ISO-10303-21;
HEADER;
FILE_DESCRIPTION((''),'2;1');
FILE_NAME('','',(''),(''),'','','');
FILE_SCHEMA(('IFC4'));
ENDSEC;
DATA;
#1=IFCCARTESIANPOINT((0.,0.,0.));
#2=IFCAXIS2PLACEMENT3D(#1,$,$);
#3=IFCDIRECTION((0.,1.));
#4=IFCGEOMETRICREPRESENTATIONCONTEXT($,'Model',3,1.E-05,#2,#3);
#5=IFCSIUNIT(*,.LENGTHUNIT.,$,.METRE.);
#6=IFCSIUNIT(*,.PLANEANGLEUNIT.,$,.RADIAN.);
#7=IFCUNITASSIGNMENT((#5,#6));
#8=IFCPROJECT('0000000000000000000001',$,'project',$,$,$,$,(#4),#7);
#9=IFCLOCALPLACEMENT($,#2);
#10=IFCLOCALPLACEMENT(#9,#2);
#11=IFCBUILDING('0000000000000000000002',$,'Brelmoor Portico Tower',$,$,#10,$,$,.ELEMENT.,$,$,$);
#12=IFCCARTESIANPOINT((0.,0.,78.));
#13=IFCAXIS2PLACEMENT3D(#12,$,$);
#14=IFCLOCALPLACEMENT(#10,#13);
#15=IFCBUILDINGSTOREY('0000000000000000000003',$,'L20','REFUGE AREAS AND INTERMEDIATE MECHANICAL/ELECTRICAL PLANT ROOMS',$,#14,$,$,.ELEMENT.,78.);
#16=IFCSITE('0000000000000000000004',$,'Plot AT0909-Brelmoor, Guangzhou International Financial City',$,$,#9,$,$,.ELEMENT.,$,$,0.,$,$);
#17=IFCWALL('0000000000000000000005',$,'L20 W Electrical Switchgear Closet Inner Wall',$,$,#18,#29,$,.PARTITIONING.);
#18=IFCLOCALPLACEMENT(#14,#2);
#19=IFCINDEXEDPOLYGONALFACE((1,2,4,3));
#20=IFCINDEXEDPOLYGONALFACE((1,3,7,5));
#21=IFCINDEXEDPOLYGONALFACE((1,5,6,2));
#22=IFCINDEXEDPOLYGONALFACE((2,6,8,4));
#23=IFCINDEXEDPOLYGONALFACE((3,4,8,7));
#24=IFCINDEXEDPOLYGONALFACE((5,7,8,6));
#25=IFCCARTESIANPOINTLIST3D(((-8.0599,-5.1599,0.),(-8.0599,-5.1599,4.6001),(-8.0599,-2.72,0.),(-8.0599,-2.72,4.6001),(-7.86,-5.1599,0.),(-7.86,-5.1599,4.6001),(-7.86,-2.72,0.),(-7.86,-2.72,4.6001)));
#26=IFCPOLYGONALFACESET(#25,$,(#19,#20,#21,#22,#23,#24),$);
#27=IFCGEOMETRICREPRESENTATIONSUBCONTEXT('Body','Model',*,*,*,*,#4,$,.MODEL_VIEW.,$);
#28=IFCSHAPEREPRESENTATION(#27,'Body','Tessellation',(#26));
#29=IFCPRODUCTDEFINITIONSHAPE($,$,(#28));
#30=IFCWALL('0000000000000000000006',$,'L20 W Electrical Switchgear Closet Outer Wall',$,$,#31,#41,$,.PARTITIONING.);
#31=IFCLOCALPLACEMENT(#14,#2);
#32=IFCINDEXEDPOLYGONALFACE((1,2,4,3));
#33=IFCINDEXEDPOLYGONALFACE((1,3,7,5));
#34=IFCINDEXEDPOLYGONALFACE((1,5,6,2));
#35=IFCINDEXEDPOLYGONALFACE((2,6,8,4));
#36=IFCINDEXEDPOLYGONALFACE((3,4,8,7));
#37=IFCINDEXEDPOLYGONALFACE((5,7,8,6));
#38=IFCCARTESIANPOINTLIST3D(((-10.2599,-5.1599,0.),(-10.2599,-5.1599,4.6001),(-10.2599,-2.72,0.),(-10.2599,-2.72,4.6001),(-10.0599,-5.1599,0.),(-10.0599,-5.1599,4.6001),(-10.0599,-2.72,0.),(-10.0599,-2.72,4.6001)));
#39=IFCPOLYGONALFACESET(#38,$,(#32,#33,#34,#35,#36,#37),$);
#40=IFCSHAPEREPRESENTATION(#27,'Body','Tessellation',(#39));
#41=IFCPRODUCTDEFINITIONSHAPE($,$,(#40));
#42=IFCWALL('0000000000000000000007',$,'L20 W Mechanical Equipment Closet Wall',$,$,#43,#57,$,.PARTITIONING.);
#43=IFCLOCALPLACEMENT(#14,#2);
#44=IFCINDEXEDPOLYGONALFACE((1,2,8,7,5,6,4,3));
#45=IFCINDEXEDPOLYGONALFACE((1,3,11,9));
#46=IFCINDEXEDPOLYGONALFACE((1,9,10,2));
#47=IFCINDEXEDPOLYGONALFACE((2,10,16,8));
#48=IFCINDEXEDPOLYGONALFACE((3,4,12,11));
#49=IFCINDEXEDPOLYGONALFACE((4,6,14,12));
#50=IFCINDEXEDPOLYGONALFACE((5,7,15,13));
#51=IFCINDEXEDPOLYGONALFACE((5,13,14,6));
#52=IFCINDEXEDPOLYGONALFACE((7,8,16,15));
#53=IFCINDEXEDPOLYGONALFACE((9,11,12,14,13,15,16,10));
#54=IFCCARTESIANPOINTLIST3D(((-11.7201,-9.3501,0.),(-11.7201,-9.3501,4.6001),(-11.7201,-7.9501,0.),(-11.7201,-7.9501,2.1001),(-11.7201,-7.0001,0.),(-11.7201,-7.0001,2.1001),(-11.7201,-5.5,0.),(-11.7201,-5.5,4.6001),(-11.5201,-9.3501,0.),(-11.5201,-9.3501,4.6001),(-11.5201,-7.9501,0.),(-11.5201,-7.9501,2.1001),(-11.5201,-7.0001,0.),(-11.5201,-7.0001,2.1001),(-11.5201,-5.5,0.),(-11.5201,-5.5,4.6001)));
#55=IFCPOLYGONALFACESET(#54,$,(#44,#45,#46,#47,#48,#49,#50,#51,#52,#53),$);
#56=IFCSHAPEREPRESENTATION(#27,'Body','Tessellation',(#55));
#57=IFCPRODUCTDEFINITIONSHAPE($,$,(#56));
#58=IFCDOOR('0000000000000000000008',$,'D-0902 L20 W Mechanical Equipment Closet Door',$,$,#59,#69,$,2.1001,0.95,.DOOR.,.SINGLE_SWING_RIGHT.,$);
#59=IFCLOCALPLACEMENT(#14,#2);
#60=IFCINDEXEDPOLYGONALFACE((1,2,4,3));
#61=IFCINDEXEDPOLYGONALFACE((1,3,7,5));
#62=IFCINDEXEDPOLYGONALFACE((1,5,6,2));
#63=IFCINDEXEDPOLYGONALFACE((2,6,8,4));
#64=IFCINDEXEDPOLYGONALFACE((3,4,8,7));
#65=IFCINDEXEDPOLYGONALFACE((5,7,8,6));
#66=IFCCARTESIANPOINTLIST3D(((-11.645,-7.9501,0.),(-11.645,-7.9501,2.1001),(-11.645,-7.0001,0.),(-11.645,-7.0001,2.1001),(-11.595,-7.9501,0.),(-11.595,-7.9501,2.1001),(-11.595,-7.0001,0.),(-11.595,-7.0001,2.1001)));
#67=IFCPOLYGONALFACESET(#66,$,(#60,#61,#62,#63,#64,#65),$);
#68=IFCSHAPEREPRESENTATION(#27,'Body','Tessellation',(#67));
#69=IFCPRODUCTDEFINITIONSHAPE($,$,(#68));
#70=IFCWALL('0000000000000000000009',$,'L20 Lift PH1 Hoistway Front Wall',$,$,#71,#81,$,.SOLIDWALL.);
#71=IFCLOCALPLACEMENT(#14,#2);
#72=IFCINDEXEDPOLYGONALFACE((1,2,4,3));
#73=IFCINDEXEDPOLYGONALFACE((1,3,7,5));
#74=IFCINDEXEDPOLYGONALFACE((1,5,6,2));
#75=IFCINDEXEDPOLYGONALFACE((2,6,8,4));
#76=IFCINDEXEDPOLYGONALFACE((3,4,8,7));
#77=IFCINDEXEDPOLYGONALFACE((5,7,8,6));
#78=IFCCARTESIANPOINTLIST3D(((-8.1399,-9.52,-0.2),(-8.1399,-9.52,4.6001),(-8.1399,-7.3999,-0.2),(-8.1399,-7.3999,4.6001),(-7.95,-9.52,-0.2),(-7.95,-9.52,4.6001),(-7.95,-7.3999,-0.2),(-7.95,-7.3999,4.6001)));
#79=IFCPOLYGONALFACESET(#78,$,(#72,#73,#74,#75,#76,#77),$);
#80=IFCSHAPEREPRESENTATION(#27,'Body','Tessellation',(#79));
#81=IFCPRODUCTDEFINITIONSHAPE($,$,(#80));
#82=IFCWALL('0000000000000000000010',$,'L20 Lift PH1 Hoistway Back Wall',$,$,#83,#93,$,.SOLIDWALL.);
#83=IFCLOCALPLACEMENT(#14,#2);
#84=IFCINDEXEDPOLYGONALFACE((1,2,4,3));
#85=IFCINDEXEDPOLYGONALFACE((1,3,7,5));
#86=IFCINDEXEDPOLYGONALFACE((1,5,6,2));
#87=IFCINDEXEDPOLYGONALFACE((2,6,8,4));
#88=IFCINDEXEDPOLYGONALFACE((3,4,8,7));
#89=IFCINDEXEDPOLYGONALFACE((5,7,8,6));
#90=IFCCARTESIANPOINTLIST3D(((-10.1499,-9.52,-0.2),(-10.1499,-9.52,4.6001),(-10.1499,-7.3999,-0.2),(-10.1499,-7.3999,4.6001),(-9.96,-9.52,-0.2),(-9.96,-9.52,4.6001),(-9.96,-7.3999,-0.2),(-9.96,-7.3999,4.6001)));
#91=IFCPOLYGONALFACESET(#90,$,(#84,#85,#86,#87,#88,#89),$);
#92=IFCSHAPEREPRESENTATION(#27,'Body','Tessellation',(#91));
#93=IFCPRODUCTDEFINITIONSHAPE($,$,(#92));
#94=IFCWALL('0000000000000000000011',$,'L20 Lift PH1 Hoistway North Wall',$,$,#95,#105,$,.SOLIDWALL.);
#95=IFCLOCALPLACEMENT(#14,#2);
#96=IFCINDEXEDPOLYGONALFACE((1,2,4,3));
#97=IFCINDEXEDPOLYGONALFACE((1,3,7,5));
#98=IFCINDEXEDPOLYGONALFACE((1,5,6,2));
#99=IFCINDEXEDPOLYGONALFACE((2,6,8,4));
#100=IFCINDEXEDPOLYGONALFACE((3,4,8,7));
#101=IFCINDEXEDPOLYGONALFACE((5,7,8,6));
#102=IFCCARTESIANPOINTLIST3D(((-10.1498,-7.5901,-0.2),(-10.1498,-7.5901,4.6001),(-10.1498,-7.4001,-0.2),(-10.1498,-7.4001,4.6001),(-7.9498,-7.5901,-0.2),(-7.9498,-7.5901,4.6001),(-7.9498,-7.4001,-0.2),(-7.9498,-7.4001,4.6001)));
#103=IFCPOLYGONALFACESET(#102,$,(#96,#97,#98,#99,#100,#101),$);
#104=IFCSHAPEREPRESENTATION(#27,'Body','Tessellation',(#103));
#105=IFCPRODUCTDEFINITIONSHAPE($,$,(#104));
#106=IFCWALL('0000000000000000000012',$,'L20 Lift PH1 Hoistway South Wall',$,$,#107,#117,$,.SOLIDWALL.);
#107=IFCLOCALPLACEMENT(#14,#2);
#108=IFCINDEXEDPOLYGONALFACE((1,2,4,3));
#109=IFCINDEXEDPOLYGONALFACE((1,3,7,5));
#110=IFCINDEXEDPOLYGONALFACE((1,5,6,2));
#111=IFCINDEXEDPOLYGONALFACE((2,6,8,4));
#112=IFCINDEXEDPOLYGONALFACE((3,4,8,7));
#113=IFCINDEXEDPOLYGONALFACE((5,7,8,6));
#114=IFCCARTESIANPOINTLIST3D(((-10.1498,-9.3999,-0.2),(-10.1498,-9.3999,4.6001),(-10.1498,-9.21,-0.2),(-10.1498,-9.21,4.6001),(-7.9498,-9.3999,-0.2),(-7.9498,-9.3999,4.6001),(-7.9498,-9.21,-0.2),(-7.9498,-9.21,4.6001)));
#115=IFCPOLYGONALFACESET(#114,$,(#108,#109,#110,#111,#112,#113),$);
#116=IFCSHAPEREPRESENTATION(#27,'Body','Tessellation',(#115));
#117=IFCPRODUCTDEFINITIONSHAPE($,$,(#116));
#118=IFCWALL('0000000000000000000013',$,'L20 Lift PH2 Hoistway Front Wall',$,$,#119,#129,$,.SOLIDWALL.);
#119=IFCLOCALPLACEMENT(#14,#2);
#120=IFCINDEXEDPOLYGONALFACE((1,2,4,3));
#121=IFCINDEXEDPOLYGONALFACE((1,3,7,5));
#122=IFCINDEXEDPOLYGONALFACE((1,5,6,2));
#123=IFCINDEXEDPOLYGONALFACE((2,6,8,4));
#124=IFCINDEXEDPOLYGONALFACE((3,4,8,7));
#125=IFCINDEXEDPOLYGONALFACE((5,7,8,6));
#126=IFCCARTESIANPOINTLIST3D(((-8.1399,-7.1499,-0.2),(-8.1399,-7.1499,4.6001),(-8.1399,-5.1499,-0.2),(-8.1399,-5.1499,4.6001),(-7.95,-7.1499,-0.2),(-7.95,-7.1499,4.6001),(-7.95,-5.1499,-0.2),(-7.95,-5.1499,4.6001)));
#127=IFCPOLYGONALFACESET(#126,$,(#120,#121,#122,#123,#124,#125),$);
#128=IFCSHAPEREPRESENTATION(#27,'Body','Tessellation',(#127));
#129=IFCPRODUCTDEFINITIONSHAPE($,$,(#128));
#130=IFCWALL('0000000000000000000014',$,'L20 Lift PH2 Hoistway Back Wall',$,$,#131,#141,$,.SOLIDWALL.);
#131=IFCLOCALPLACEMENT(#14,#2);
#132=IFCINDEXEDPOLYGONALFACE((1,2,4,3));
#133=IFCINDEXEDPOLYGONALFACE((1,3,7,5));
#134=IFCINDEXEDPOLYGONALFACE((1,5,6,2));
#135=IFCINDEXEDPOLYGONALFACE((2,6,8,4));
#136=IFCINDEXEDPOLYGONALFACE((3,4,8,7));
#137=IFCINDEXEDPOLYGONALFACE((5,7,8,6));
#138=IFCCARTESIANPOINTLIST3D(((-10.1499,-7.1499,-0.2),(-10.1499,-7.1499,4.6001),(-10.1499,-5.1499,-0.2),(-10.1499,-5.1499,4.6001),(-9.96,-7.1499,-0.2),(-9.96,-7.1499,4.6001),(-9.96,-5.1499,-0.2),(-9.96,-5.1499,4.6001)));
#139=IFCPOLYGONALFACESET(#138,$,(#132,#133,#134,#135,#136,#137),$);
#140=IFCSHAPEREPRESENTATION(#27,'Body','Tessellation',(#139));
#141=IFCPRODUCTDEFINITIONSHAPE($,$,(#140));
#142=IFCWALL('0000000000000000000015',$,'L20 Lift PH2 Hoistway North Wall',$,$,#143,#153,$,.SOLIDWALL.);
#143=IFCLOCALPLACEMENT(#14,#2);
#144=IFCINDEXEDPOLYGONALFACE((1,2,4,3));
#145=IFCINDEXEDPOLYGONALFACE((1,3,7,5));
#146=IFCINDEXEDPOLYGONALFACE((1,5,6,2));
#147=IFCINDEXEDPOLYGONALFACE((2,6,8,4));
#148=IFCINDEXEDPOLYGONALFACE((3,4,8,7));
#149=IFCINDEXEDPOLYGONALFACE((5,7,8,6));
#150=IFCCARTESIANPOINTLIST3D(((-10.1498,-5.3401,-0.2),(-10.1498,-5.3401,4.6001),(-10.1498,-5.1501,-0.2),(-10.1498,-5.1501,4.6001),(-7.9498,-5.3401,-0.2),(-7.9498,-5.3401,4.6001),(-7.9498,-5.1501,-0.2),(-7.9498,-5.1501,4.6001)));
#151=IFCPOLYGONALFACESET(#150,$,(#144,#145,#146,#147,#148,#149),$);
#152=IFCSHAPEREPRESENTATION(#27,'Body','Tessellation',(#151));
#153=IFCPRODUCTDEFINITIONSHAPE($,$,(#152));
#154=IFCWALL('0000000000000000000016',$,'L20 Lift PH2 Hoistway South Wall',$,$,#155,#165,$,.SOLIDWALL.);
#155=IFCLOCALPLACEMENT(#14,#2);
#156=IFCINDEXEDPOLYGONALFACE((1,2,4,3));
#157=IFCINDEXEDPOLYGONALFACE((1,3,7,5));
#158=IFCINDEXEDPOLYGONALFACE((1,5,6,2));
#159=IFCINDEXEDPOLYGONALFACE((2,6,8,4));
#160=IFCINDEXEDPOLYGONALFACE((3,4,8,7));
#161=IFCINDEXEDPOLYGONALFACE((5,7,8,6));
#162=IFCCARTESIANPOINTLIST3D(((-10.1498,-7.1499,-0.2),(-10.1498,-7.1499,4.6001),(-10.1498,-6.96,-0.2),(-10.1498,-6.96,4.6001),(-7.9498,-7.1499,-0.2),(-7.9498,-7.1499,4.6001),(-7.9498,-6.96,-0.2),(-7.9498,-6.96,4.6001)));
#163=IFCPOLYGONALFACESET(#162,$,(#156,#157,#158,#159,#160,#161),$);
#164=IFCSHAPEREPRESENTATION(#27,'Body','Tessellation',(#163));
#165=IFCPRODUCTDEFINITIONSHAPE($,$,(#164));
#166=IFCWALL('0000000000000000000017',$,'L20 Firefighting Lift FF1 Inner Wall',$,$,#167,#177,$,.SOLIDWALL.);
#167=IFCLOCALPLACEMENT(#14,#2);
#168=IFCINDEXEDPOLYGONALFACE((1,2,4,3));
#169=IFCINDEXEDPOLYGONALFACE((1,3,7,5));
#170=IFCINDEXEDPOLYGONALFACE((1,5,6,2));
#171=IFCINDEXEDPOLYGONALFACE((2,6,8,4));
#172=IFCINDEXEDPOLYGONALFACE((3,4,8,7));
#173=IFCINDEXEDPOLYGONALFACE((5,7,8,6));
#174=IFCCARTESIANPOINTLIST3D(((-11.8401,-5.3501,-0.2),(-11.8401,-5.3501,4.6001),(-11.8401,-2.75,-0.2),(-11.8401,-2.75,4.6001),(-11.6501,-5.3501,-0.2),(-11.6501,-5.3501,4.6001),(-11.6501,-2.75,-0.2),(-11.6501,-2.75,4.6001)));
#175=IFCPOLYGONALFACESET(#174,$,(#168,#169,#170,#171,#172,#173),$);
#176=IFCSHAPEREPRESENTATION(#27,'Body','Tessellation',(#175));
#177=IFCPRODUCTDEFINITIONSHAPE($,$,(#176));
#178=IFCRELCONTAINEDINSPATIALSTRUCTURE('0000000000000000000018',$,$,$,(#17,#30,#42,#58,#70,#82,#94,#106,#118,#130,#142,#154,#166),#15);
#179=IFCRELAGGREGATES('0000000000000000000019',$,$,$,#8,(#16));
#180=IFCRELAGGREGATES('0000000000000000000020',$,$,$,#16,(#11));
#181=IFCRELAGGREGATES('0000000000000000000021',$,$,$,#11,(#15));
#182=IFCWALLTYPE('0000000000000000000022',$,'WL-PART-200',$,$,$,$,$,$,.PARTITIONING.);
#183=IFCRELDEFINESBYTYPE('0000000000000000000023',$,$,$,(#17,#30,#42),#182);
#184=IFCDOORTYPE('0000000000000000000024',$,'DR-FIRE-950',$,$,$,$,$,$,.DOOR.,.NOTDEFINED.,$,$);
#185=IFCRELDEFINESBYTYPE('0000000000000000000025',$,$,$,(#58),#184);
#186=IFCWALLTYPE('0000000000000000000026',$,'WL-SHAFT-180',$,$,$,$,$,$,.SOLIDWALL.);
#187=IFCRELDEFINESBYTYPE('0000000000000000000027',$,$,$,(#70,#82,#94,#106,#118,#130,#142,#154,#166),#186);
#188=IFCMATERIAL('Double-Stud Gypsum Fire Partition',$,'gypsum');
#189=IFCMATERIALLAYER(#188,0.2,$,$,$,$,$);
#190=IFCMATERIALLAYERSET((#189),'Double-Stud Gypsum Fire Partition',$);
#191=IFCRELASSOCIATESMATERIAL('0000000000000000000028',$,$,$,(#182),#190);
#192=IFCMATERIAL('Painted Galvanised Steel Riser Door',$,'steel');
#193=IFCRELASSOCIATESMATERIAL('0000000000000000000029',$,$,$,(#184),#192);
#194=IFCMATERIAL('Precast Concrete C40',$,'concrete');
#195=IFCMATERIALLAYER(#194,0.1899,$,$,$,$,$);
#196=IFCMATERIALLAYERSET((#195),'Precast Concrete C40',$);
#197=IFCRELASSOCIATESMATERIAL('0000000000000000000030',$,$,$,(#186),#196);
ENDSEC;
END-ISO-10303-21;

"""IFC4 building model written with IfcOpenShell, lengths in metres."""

from ifc_helpers import new_model, si_unit, direction, frame, frame_2d, origin, place, context, subcontext, project, spatial, rectangle, extrude, material, layer, layer_set, type_object, element, fill, save


model = new_model("IFC4")

# Units and contexts
model_context = context("Model", 3, precision=1e-05, world=origin(), true_north=direction((0.0, 1.0)))
body_context = subcontext(model_context, "Body", "Model", "MODEL_VIEW")
ifc_project = project(units=[si_unit("LENGTHUNIT", "METRE"), si_unit("PLANEANGLEUNIT", "RADIAN")], contexts=[model_context])

# Site, building, storey
site_placement = place(None, origin())
site = spatial("IfcSite", under=ifc_project, at=site_placement, Name="Plot AT0909-Brelmoor, Guangzhou International Financial City", CompositionType="ELEMENT", RefElevation=0.0)
building_placement = place(site_placement, origin())
building = spatial("IfcBuilding", under=site, at=building_placement, Name="Brelmoor Portico Tower", CompositionType="ELEMENT")
storey_placement = place(building_placement, frame((0.0, 0.0, 78.0)))
storey = spatial("IfcBuildingStorey", under=building, at=storey_placement, Name="L20", Description="REFUGE AREAS AND INTERMEDIATE MECHANICAL/ELECTRICAL PLANT ROOMS", CompositionType="ELEMENT", Elevation=78.0)

# Shared definitions
ifc_material_1 = material(Name="Double-Stud Gypsum Fire Partition", Category="gypsum")
ifc_layer_1 = layer(ifc_material_1, 0.2)
ifc_layer_set_1 = layer_set([ifc_layer_1], Name="Double-Stud Gypsum Fire Partition")
wall_type_1 = type_object("IfcWallType", Name="WL-PART-200", PredefinedType="PARTITIONING", material=ifc_layer_set_1)

# Shared definitions
ifc_material_2 = material(Name="Painted Galvanised Steel Riser Door", Category="steel")
door_type_1 = type_object("IfcDoorType", Name="DR-FIRE-950", OperationType="NOTDEFINED", PredefinedType="DOOR", material=ifc_material_2)

# Walls
for number, where, z_axis, x_axis, name in (
    (1, (-7.96, -5.1599, 0.0), (0.0, 0.0, 1.0), (0.0, 1.0, 0.0), "L20 W Electrical Switchgear Closet Inner Wall"),
    (2, (-10.1599, -5.1599, 0.0), (0.0, 0.0, 1.0), (0.0, 1.0, 0.0), "L20 W Electrical Switchgear Closet Outer Wall"),
):
    element("IfcWall", number, at=place(storey_placement, frame(where, z_axis=z_axis, x_axis=x_axis)), inside=storey, type_object=wall_type_1, Name=name, PredefinedType="PARTITIONING", context=body_context, shape_type="SweptSolid", body=[
        extrude(rectangle(XDim=2.4399, YDim=0.2, at=frame_2d((1.22, 0.0))), origin(), (0.0, 0.0, 1.0), 4.6001),
    ])

# Wall, opening, door
wall_1_placement = place(storey_placement, frame((-11.6201, -9.3501, 0.0), z_axis=(0.0, 0.0, 1.0), x_axis=(0.0, 1.0, 0.0)))
wall_1 = element("IfcWall", 3, at=wall_1_placement, inside=storey, type_object=wall_type_1, Name="L20 W Mechanical Equipment Closet Wall", PredefinedType="PARTITIONING", context=body_context, shape_type="SweptSolid", body=[
    extrude(rectangle(XDim=3.8501, YDim=0.2, at=frame_2d((1.925, 0.0))), origin(), (0.0, 0.0, 1.0), 4.6001),
])
opening_1_placement = place(wall_1_placement, frame((1.3999, 0.0, 0.0)))
opening_1 = element("IfcOpeningElement", 4, at=opening_1_placement, cuts=wall_1, PredefinedType="OPENING", context=body_context, shape_type="SweptSolid", body=[
    extrude(rectangle(XDim=0.95, YDim=2.1001, at=frame_2d((0.4751, 1.05))), frame((0.0, 0.1099, 0.0), z_axis=(0.0, -1.0, 0.0), x_axis=(1.0, 0.0, 0.0)), (0.0, 0.0, 1.0), 0.22),
])
door_1_placement = place(opening_1_placement, origin())
door_1 = element("IfcDoor", 5, at=door_1_placement, inside=storey, type_object=door_type_1, Name="D-0902 L20 W Mechanical Equipment Closet Door", OperationType="SINGLE_SWING_RIGHT", OverallHeight=2.1001, OverallWidth=0.95, PredefinedType="DOOR", context=body_context, shape_type="SweptSolid", body=[
    extrude(rectangle(XDim=0.95, YDim=2.1001, at=frame_2d((0.4751, 1.05))), frame((0.0, 0.0249, 0.0), z_axis=(0.0, -1.0, 0.0), x_axis=(1.0, 0.0, 0.0)), (0.0, 0.0, 1.0), 0.05),
])
fill(opening_1, door_1)

# Walls
ifc_material_3 = material(Name="Precast Concrete C40", Category="concrete")
ifc_layer_2 = layer(ifc_material_3, 0.1899)
ifc_layer_set_2 = layer_set([ifc_layer_2], Name="Precast Concrete C40")
wall_type_2 = type_object("IfcWallType", Name="WL-SHAFT-180", PredefinedType="SOLIDWALL", material=ifc_layer_set_2)
for number, where, z_axis, x_axis, name in (
    (6, (-8.0449, -9.52, -0.2), (0.0, 0.0, 1.0), (0.0, 1.0, 0.0), "L20 Lift PH1 Hoistway Front Wall"),
    (7, (-10.0549, -9.52, -0.2), (0.0, 0.0, 1.0), (0.0, 1.0, 0.0), "L20 Lift PH1 Hoistway Back Wall"),
):
    element("IfcWall", number, at=place(storey_placement, frame(where, z_axis=z_axis, x_axis=x_axis)), inside=storey, type_object=wall_type_2, Name=name, PredefinedType="SOLIDWALL", context=body_context, shape_type="SweptSolid", body=[
        extrude(rectangle(XDim=2.1201, YDim=0.1899, at=frame_2d((1.0601, 0.0))), origin(), (0.0, 0.0, 1.0), 4.8),
    ])
for number, where, z_axis, x_axis, name in (
    (8, (-10.1499, -7.4951, -0.2), (0.0, 0.0, 1.0), (1.0, 0.0, 0.0), "L20 Lift PH1 Hoistway North Wall"),
    (9, (-10.1499, -9.3049, -0.2), (0.0, 0.0, 1.0), (1.0, 0.0, 0.0), "L20 Lift PH1 Hoistway South Wall"),
):
    element("IfcWall", number, at=place(storey_placement, frame(where, z_axis=z_axis, x_axis=x_axis)), inside=storey, type_object=wall_type_2, Name=name, PredefinedType="SOLIDWALL", context=body_context, shape_type="SweptSolid", body=[
        extrude(rectangle(XDim=2.2, YDim=0.1899, at=frame_2d((1.1001, 0.0))), origin(), (0.0, 0.0, 1.0), 4.8),
    ])
for number, where, z_axis, x_axis, name in (
    (10, (-8.0449, -7.1499, -0.2), (0.0, 0.0, 1.0), (0.0, 1.0, 0.0), "L20 Lift PH2 Hoistway Front Wall"),
    (11, (-10.0549, -7.1499, -0.2), (0.0, 0.0, 1.0), (0.0, 1.0, 0.0), "L20 Lift PH2 Hoistway Back Wall"),
):
    element("IfcWall", number, at=place(storey_placement, frame(where, z_axis=z_axis, x_axis=x_axis)), inside=storey, type_object=wall_type_2, Name=name, PredefinedType="SOLIDWALL", context=body_context, shape_type="SweptSolid", body=[
        extrude(rectangle(XDim=2.0, YDim=0.1899, at=frame_2d((1.0, 0.0))), origin(), (0.0, 0.0, 1.0), 4.8),
    ])
for number, where, z_axis, x_axis, name in (
    (12, (-10.1499, -5.2451, -0.2), (0.0, 0.0, 1.0), (1.0, 0.0, 0.0), "L20 Lift PH2 Hoistway North Wall"),
    (13, (-10.1499, -7.0549, -0.2), (0.0, 0.0, 1.0), (1.0, 0.0, 0.0), "L20 Lift PH2 Hoistway South Wall"),
):
    element("IfcWall", number, at=place(storey_placement, frame(where, z_axis=z_axis, x_axis=x_axis)), inside=storey, type_object=wall_type_2, Name=name, PredefinedType="SOLIDWALL", context=body_context, shape_type="SweptSolid", body=[
        extrude(rectangle(XDim=2.2, YDim=0.1899, at=frame_2d((1.1001, 0.0))), origin(), (0.0, 0.0, 1.0), 4.8),
    ])
wall_2_placement = place(storey_placement, frame((-11.7451, -5.3501, -0.2), z_axis=(0.0, 0.0, 1.0), x_axis=(0.0, 1.0, 0.0)))
element("IfcWall", 14, at=wall_2_placement, inside=storey, type_object=wall_type_2, Name="L20 Firefighting Lift FF1 Inner Wall", PredefinedType="SOLIDWALL", context=body_context, shape_type="SweptSolid", body=[
    extrude(rectangle(XDim=2.6001, YDim=0.1899, at=frame_2d((1.3, 0.0))), origin(), (0.0, 0.0, 1.0), 4.8),
])

save(model, "model.ifc")
